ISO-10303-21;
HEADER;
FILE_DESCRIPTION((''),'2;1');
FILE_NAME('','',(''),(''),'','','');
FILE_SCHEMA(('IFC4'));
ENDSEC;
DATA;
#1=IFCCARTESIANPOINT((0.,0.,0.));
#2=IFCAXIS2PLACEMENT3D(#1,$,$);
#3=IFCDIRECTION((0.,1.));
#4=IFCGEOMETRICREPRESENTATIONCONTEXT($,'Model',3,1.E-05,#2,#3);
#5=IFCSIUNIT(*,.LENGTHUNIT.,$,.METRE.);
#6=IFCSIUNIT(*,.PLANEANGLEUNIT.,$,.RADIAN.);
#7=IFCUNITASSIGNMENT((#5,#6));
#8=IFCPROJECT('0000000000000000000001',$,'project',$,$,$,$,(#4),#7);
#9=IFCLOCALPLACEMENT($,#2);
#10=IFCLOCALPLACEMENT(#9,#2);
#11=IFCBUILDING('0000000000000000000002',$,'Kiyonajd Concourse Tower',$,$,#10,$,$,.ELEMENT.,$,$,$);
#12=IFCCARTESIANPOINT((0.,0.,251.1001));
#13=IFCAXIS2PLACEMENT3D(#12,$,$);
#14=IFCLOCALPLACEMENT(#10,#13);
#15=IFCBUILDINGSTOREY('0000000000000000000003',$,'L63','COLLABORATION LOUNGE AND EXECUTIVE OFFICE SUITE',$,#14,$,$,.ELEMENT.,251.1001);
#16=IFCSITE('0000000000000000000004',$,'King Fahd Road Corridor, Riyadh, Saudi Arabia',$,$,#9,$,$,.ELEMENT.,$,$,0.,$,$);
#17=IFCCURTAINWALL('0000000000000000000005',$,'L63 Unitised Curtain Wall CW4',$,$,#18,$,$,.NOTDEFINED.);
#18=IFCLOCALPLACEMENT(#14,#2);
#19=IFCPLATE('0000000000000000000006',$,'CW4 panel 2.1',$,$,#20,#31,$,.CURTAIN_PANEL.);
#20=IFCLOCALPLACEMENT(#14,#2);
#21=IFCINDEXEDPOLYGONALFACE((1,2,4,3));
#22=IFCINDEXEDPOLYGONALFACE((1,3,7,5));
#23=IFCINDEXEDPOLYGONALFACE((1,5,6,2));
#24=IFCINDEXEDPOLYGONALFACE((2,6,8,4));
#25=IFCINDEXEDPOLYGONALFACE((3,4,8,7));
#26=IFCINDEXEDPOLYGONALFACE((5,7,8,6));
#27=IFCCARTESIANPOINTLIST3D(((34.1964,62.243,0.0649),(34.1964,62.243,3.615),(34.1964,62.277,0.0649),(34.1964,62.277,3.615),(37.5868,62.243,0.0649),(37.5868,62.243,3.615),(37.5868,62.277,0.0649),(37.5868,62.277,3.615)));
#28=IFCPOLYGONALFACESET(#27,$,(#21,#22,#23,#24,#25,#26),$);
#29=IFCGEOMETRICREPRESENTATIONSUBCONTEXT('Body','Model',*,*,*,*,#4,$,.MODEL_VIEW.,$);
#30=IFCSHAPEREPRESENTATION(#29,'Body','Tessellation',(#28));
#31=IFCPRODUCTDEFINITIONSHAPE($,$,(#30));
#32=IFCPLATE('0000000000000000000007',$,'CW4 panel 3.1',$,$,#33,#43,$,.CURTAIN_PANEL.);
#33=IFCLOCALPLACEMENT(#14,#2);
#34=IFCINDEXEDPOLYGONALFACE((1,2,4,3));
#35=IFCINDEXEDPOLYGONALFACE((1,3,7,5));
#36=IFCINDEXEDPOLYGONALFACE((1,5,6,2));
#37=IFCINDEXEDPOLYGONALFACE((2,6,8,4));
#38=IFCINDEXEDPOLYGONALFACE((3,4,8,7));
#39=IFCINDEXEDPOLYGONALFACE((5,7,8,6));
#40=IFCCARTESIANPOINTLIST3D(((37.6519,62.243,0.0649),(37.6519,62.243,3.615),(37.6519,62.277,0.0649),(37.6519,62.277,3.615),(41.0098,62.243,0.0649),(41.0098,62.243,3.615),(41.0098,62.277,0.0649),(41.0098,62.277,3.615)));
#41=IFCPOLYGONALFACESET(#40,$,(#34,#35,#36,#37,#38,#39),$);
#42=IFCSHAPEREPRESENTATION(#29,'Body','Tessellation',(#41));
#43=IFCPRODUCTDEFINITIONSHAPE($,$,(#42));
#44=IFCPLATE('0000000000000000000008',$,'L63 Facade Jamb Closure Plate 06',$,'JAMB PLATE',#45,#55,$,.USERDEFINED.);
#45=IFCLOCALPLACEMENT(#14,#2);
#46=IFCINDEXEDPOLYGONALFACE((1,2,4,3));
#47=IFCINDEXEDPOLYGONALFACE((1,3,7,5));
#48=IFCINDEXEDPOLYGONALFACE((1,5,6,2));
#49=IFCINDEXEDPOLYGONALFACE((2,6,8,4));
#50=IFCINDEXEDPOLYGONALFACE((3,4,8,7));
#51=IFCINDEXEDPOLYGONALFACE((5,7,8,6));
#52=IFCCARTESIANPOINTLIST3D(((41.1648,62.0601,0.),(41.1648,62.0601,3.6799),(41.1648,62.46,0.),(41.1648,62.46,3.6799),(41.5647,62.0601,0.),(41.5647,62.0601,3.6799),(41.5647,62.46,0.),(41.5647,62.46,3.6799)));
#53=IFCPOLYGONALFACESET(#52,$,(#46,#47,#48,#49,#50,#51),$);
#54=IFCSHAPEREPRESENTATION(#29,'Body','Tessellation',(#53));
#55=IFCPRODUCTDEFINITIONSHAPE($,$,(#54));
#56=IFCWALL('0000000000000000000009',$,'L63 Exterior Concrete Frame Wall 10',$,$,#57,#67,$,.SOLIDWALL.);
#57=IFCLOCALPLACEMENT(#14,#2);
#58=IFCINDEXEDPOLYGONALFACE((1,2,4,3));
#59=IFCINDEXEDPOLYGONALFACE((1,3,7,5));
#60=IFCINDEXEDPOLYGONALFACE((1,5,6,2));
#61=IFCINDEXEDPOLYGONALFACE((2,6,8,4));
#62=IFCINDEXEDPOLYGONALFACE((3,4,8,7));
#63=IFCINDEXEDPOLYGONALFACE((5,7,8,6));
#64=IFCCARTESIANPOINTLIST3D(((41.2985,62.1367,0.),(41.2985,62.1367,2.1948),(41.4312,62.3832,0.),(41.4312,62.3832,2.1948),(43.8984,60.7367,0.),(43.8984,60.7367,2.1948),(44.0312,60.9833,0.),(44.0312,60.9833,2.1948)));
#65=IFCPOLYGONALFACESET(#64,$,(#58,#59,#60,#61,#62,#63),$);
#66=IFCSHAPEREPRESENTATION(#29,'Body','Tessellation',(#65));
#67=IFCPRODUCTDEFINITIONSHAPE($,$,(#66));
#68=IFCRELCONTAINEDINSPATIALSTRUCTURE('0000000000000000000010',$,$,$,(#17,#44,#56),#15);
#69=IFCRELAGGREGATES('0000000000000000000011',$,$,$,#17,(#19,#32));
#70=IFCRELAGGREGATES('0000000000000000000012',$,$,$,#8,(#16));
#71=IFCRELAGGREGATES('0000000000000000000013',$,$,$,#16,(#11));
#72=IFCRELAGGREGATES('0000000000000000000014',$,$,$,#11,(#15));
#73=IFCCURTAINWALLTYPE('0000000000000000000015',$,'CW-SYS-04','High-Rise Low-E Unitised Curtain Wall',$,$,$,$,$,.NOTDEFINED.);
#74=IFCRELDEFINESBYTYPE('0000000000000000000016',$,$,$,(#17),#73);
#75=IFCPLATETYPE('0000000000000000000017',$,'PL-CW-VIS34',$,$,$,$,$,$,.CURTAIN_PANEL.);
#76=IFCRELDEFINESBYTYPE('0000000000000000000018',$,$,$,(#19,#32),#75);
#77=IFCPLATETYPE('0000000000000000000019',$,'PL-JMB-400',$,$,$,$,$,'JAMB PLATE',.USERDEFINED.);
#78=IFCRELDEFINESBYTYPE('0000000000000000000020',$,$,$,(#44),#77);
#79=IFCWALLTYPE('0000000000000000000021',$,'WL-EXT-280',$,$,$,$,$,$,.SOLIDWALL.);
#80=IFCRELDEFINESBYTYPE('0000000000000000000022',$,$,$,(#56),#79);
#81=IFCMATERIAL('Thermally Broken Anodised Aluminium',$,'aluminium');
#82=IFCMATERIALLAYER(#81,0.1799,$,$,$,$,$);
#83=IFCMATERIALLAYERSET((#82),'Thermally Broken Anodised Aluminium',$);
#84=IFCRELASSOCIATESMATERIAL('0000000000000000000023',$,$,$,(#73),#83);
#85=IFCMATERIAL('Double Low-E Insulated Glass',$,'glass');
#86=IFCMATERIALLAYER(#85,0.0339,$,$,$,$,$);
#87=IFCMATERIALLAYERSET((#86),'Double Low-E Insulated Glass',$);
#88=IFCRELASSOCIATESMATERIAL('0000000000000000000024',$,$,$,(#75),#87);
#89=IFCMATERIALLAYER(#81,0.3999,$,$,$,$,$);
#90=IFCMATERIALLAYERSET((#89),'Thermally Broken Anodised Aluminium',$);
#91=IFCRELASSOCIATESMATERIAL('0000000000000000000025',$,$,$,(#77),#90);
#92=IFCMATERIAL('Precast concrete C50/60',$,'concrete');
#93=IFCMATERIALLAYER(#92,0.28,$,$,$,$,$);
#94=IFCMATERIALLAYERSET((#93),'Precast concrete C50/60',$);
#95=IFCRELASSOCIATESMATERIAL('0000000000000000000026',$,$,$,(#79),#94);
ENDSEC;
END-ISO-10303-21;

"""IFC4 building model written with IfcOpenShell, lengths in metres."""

from ifc_helpers import new_model, si_unit, direction, frame, frame_2d, origin, origin_2d, place, context, subcontext, project, spatial, rectangle, extrude, material, layer, layer_set, type_object, element, aggregate, save


model = new_model("IFC4")

# Units and contexts
model_context = context("Model", 3, precision=1e-05, world=origin(), true_north=direction((0.0, 1.0)))
body_context = subcontext(model_context, "Body", "Model", "MODEL_VIEW")
ifc_project = project(units=[si_unit("LENGTHUNIT", "METRE"), si_unit("PLANEANGLEUNIT", "RADIAN")], contexts=[model_context])

# Site, building, storey
site_placement = place(None, origin())
site = spatial("IfcSite", under=ifc_project, at=site_placement, Name="King Fahd Road Corridor, Riyadh, Saudi Arabia", CompositionType="ELEMENT", RefElevation=0.0)
building_placement = place(site_placement, origin())
building = spatial("IfcBuilding", under=site, at=building_placement, Name="Kiyonajd Concourse Tower", CompositionType="ELEMENT")
storey_placement = place(building_placement, frame((0.0, 0.0, 251.1001)))
storey = spatial("IfcBuildingStorey", under=building, at=storey_placement, Name="L63", Description="COLLABORATION LOUNGE AND EXECUTIVE OFFICE SUITE", CompositionType="ELEMENT", Elevation=251.1001)

# Curtain wall
ifc_material_1 = material(Name="Thermally Broken Anodised Aluminium", Category="aluminium")
ifc_layer_1 = layer(ifc_material_1, 0.1799)
ifc_layer_set_1 = layer_set([ifc_layer_1], Name="Thermally Broken Anodised Aluminium")
curtain_wall_type = type_object("IfcCurtainWallType", Name="CW-SYS-04", Description="High-Rise Low-E Unitised Curtain Wall", PredefinedType="NOTDEFINED", material=ifc_layer_set_1)
curtain_wall_placement = place(storey_placement, origin())
curtain_wall = element("IfcCurtainWall", 1, at=curtain_wall_placement, inside=storey, type_object=curtain_wall_type, Name="L63 Unitised Curtain Wall CW4", PredefinedType="NOTDEFINED")

# Plates
ifc_material_2 = material(Name="Double Low-E Insulated Glass", Category="glass")
ifc_layer_2 = layer(ifc_material_2, 0.0339)
ifc_layer_set_2 = layer_set([ifc_layer_2], Name="Double Low-E Insulated Glass")
plate_type_1 = type_object("IfcPlateType", Name="PL-CW-VIS34", PredefinedType="CURTAIN_PANEL", material=ifc_layer_set_2)
plate_1_placement = place(storey_placement, frame((35.8916, 62.26, 0.0649), z_axis=(0.0, 0.0, 1.0), x_axis=(1.0, 0.0, 0.0)))
plate_1 = element("IfcPlate", 2, at=plate_1_placement, type_object=plate_type_1, Name="CW4 panel 2.1", PredefinedType="CURTAIN_PANEL", context=body_context, shape_type="SweptSolid", body=[
    extrude(rectangle(XDim=3.3904, YDim=0.0339, at=origin_2d()), origin(), (0.0, 0.0, 1.0), 3.55),
])
plate_2_placement = place(storey_placement, frame((39.3308, 62.26, 0.0649), z_axis=(0.0, 0.0, 1.0), x_axis=(1.0, 0.0, 0.0)))
plate_2 = element("IfcPlate", 3, at=plate_2_placement, type_object=plate_type_1, Name="CW4 panel 3.1", PredefinedType="CURTAIN_PANEL", context=body_context, shape_type="SweptSolid", body=[
    extrude(rectangle(XDim=3.3579, YDim=0.0339, at=origin_2d()), origin(), (0.0, 0.0, 1.0), 3.55),
])
aggregate(curtain_wall, [plate_1, plate_2])
ifc_layer_3 = layer(ifc_material_1, 0.3999)
ifc_layer_set_3 = layer_set([ifc_layer_3], Name="Thermally Broken Anodised Aluminium")
plate_type_2 = type_object("IfcPlateType", Name="PL-JMB-400", ElementType="JAMB PLATE", PredefinedType="USERDEFINED", material=ifc_layer_set_3)
plate_3_placement = place(storey_placement, frame((41.3647, 62.26, 0.0), z_axis=(0.0, 0.0, 1.0), x_axis=(1.0, 0.0, 0.0)))
element("IfcPlate", 4, at=plate_3_placement, inside=storey, type_object=plate_type_2, Name="L63 Facade Jamb Closure Plate 06", ObjectType="JAMB PLATE", PredefinedType="USERDEFINED", context=body_context, shape_type="SweptSolid", body=[
    extrude(rectangle(XDim=0.3999, YDim=0.3999, at=origin_2d()), origin(), (0.0, 0.0, 1.0), 3.6799),
])

# Wall
ifc_material_3 = material(Name="Precast concrete C50/60", Category="concrete")
ifc_layer_4 = layer(ifc_material_3, 0.28)
ifc_layer_set_4 = layer_set([ifc_layer_4], Name="Precast concrete C50/60")
wall_type = type_object("IfcWallType", Name="WL-EXT-280", PredefinedType="SOLIDWALL", material=ifc_layer_set_4)
wall_placement = place(storey_placement, frame((41.3647, 62.26, 0.0), z_axis=(0.0, 0.0, 1.0), x_axis=(0.880474, -0.474095, 0.0)))
element("IfcWall", 5, at=wall_placement, inside=storey, type_object=wall_type, Name="L63 Exterior Concrete Frame Wall 10", PredefinedType="SOLIDWALL", context=body_context, shape_type="SweptSolid", body=[
    extrude(rectangle(XDim=2.9529, YDim=0.28, at=frame_2d((1.4766, 0.0))), origin(), (0.0, 0.0, 1.0), 2.1948),
])

save(model, "model.ifc")
